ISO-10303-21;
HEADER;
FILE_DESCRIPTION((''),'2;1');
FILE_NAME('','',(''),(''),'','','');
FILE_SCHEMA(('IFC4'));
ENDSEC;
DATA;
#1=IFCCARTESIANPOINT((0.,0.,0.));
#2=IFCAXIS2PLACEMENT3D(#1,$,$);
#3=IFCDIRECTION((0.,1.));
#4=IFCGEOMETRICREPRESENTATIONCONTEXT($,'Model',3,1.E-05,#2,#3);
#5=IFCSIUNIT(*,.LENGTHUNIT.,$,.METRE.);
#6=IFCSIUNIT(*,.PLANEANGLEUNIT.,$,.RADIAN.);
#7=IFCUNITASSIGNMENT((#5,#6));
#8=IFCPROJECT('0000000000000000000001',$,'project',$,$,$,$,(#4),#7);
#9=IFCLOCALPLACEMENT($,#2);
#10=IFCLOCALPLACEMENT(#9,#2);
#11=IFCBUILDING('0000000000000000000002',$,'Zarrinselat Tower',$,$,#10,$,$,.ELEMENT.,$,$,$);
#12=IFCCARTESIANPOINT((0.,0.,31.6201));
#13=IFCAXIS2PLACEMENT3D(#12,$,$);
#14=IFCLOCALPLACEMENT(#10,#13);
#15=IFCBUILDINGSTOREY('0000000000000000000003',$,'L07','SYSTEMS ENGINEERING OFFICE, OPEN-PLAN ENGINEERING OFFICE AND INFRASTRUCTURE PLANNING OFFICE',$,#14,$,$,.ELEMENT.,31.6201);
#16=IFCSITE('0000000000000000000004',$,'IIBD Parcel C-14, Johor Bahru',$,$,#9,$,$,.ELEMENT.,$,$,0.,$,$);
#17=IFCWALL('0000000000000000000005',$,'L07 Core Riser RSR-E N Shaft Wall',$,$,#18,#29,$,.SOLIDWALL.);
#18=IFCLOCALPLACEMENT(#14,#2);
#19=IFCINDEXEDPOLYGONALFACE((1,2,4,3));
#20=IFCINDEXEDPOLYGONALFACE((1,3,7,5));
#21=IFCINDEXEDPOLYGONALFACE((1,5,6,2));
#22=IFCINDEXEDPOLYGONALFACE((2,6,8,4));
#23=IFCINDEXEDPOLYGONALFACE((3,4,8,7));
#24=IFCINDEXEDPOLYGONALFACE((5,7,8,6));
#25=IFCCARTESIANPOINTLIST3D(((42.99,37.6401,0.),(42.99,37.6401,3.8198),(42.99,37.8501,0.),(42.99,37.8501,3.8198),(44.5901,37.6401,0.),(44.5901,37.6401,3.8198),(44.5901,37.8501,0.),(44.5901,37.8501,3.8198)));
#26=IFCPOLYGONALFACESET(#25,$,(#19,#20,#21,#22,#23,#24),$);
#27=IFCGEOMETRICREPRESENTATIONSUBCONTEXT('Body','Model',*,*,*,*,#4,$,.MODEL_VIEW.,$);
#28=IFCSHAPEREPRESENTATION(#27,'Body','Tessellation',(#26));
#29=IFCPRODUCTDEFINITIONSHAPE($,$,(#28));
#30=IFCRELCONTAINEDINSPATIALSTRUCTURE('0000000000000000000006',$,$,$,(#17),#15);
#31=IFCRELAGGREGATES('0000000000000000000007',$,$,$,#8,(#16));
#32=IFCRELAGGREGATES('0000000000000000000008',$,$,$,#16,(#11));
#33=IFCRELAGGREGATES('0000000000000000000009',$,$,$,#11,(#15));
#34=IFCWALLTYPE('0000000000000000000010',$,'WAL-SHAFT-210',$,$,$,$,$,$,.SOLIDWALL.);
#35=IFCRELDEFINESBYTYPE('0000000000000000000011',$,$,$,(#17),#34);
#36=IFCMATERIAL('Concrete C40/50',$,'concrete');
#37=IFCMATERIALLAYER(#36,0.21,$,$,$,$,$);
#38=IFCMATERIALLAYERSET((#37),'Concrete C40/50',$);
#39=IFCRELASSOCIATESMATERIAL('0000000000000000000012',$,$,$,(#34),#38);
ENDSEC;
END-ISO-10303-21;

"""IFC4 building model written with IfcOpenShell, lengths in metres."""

from ifc_helpers import new_model, si_unit, direction, frame, frame_2d, origin, place, context, subcontext, project, spatial, rectangle, extrude, material, layer, layer_set, type_object, element, save


model = new_model("IFC4")

# Units and contexts
model_context = context("Model", 3, precision=1e-05, world=origin(), true_north=direction((0.0, 1.0)))
body_context = subcontext(model_context, "Body", "Model", "MODEL_VIEW")
ifc_project = project(units=[si_unit("LENGTHUNIT", "METRE"), si_unit("PLANEANGLEUNIT", "RADIAN")], contexts=[model_context])

# Site, building, storey
site_placement = place(None, origin())
site = spatial("IfcSite", under=ifc_project, at=site_placement, Name="IIBD Parcel C-14, Johor Bahru", CompositionType="ELEMENT", RefElevation=0.0)
building_placement = place(site_placement, origin())
building = spatial("IfcBuilding", under=site, at=building_placement, Name="Zarrinselat Tower", CompositionType="ELEMENT")
storey_placement = place(building_placement, frame((0.0, 0.0, 31.6201)))
storey = spatial("IfcBuildingStorey", under=building, at=storey_placement, Name="L07", Description="SYSTEMS ENGINEERING OFFICE, OPEN-PLAN ENGINEERING OFFICE AND INFRASTRUCTURE PLANNING OFFICE", CompositionType="ELEMENT", Elevation=31.6201)

# Shared definitions
ifc_material_1 = material(Name="Concrete C40/50", Category="concrete")
ifc_layer_1 = layer(ifc_material_1, 0.21)
ifc_layer_set_1 = layer_set([ifc_layer_1], Name="Concrete C40/50")
wall_type_1 = type_object("IfcWallType", Name="WAL-SHAFT-210", PredefinedType="SOLIDWALL", material=ifc_layer_set_1)

# Wall
wall_1_placement = place(storey_placement, frame((42.99, 37.7451, 0.0), z_axis=(0.0, 0.0, 1.0), x_axis=(1.0, 0.0, 0.0)))
element("IfcWall", 1, at=wall_1_placement, inside=storey, type_object=wall_type_1, Name="L07 Core Riser RSR-E N Shaft Wall", PredefinedType="SOLIDWALL", context=body_context, shape_type="SweptSolid", body=[
    extrude(rectangle(XDim=1.6001, YDim=0.21, at=frame_2d((0.8, 0.0))), origin(), (0.0, 0.0, 1.0), 3.8198),
])

save(model, "model.ifc")
